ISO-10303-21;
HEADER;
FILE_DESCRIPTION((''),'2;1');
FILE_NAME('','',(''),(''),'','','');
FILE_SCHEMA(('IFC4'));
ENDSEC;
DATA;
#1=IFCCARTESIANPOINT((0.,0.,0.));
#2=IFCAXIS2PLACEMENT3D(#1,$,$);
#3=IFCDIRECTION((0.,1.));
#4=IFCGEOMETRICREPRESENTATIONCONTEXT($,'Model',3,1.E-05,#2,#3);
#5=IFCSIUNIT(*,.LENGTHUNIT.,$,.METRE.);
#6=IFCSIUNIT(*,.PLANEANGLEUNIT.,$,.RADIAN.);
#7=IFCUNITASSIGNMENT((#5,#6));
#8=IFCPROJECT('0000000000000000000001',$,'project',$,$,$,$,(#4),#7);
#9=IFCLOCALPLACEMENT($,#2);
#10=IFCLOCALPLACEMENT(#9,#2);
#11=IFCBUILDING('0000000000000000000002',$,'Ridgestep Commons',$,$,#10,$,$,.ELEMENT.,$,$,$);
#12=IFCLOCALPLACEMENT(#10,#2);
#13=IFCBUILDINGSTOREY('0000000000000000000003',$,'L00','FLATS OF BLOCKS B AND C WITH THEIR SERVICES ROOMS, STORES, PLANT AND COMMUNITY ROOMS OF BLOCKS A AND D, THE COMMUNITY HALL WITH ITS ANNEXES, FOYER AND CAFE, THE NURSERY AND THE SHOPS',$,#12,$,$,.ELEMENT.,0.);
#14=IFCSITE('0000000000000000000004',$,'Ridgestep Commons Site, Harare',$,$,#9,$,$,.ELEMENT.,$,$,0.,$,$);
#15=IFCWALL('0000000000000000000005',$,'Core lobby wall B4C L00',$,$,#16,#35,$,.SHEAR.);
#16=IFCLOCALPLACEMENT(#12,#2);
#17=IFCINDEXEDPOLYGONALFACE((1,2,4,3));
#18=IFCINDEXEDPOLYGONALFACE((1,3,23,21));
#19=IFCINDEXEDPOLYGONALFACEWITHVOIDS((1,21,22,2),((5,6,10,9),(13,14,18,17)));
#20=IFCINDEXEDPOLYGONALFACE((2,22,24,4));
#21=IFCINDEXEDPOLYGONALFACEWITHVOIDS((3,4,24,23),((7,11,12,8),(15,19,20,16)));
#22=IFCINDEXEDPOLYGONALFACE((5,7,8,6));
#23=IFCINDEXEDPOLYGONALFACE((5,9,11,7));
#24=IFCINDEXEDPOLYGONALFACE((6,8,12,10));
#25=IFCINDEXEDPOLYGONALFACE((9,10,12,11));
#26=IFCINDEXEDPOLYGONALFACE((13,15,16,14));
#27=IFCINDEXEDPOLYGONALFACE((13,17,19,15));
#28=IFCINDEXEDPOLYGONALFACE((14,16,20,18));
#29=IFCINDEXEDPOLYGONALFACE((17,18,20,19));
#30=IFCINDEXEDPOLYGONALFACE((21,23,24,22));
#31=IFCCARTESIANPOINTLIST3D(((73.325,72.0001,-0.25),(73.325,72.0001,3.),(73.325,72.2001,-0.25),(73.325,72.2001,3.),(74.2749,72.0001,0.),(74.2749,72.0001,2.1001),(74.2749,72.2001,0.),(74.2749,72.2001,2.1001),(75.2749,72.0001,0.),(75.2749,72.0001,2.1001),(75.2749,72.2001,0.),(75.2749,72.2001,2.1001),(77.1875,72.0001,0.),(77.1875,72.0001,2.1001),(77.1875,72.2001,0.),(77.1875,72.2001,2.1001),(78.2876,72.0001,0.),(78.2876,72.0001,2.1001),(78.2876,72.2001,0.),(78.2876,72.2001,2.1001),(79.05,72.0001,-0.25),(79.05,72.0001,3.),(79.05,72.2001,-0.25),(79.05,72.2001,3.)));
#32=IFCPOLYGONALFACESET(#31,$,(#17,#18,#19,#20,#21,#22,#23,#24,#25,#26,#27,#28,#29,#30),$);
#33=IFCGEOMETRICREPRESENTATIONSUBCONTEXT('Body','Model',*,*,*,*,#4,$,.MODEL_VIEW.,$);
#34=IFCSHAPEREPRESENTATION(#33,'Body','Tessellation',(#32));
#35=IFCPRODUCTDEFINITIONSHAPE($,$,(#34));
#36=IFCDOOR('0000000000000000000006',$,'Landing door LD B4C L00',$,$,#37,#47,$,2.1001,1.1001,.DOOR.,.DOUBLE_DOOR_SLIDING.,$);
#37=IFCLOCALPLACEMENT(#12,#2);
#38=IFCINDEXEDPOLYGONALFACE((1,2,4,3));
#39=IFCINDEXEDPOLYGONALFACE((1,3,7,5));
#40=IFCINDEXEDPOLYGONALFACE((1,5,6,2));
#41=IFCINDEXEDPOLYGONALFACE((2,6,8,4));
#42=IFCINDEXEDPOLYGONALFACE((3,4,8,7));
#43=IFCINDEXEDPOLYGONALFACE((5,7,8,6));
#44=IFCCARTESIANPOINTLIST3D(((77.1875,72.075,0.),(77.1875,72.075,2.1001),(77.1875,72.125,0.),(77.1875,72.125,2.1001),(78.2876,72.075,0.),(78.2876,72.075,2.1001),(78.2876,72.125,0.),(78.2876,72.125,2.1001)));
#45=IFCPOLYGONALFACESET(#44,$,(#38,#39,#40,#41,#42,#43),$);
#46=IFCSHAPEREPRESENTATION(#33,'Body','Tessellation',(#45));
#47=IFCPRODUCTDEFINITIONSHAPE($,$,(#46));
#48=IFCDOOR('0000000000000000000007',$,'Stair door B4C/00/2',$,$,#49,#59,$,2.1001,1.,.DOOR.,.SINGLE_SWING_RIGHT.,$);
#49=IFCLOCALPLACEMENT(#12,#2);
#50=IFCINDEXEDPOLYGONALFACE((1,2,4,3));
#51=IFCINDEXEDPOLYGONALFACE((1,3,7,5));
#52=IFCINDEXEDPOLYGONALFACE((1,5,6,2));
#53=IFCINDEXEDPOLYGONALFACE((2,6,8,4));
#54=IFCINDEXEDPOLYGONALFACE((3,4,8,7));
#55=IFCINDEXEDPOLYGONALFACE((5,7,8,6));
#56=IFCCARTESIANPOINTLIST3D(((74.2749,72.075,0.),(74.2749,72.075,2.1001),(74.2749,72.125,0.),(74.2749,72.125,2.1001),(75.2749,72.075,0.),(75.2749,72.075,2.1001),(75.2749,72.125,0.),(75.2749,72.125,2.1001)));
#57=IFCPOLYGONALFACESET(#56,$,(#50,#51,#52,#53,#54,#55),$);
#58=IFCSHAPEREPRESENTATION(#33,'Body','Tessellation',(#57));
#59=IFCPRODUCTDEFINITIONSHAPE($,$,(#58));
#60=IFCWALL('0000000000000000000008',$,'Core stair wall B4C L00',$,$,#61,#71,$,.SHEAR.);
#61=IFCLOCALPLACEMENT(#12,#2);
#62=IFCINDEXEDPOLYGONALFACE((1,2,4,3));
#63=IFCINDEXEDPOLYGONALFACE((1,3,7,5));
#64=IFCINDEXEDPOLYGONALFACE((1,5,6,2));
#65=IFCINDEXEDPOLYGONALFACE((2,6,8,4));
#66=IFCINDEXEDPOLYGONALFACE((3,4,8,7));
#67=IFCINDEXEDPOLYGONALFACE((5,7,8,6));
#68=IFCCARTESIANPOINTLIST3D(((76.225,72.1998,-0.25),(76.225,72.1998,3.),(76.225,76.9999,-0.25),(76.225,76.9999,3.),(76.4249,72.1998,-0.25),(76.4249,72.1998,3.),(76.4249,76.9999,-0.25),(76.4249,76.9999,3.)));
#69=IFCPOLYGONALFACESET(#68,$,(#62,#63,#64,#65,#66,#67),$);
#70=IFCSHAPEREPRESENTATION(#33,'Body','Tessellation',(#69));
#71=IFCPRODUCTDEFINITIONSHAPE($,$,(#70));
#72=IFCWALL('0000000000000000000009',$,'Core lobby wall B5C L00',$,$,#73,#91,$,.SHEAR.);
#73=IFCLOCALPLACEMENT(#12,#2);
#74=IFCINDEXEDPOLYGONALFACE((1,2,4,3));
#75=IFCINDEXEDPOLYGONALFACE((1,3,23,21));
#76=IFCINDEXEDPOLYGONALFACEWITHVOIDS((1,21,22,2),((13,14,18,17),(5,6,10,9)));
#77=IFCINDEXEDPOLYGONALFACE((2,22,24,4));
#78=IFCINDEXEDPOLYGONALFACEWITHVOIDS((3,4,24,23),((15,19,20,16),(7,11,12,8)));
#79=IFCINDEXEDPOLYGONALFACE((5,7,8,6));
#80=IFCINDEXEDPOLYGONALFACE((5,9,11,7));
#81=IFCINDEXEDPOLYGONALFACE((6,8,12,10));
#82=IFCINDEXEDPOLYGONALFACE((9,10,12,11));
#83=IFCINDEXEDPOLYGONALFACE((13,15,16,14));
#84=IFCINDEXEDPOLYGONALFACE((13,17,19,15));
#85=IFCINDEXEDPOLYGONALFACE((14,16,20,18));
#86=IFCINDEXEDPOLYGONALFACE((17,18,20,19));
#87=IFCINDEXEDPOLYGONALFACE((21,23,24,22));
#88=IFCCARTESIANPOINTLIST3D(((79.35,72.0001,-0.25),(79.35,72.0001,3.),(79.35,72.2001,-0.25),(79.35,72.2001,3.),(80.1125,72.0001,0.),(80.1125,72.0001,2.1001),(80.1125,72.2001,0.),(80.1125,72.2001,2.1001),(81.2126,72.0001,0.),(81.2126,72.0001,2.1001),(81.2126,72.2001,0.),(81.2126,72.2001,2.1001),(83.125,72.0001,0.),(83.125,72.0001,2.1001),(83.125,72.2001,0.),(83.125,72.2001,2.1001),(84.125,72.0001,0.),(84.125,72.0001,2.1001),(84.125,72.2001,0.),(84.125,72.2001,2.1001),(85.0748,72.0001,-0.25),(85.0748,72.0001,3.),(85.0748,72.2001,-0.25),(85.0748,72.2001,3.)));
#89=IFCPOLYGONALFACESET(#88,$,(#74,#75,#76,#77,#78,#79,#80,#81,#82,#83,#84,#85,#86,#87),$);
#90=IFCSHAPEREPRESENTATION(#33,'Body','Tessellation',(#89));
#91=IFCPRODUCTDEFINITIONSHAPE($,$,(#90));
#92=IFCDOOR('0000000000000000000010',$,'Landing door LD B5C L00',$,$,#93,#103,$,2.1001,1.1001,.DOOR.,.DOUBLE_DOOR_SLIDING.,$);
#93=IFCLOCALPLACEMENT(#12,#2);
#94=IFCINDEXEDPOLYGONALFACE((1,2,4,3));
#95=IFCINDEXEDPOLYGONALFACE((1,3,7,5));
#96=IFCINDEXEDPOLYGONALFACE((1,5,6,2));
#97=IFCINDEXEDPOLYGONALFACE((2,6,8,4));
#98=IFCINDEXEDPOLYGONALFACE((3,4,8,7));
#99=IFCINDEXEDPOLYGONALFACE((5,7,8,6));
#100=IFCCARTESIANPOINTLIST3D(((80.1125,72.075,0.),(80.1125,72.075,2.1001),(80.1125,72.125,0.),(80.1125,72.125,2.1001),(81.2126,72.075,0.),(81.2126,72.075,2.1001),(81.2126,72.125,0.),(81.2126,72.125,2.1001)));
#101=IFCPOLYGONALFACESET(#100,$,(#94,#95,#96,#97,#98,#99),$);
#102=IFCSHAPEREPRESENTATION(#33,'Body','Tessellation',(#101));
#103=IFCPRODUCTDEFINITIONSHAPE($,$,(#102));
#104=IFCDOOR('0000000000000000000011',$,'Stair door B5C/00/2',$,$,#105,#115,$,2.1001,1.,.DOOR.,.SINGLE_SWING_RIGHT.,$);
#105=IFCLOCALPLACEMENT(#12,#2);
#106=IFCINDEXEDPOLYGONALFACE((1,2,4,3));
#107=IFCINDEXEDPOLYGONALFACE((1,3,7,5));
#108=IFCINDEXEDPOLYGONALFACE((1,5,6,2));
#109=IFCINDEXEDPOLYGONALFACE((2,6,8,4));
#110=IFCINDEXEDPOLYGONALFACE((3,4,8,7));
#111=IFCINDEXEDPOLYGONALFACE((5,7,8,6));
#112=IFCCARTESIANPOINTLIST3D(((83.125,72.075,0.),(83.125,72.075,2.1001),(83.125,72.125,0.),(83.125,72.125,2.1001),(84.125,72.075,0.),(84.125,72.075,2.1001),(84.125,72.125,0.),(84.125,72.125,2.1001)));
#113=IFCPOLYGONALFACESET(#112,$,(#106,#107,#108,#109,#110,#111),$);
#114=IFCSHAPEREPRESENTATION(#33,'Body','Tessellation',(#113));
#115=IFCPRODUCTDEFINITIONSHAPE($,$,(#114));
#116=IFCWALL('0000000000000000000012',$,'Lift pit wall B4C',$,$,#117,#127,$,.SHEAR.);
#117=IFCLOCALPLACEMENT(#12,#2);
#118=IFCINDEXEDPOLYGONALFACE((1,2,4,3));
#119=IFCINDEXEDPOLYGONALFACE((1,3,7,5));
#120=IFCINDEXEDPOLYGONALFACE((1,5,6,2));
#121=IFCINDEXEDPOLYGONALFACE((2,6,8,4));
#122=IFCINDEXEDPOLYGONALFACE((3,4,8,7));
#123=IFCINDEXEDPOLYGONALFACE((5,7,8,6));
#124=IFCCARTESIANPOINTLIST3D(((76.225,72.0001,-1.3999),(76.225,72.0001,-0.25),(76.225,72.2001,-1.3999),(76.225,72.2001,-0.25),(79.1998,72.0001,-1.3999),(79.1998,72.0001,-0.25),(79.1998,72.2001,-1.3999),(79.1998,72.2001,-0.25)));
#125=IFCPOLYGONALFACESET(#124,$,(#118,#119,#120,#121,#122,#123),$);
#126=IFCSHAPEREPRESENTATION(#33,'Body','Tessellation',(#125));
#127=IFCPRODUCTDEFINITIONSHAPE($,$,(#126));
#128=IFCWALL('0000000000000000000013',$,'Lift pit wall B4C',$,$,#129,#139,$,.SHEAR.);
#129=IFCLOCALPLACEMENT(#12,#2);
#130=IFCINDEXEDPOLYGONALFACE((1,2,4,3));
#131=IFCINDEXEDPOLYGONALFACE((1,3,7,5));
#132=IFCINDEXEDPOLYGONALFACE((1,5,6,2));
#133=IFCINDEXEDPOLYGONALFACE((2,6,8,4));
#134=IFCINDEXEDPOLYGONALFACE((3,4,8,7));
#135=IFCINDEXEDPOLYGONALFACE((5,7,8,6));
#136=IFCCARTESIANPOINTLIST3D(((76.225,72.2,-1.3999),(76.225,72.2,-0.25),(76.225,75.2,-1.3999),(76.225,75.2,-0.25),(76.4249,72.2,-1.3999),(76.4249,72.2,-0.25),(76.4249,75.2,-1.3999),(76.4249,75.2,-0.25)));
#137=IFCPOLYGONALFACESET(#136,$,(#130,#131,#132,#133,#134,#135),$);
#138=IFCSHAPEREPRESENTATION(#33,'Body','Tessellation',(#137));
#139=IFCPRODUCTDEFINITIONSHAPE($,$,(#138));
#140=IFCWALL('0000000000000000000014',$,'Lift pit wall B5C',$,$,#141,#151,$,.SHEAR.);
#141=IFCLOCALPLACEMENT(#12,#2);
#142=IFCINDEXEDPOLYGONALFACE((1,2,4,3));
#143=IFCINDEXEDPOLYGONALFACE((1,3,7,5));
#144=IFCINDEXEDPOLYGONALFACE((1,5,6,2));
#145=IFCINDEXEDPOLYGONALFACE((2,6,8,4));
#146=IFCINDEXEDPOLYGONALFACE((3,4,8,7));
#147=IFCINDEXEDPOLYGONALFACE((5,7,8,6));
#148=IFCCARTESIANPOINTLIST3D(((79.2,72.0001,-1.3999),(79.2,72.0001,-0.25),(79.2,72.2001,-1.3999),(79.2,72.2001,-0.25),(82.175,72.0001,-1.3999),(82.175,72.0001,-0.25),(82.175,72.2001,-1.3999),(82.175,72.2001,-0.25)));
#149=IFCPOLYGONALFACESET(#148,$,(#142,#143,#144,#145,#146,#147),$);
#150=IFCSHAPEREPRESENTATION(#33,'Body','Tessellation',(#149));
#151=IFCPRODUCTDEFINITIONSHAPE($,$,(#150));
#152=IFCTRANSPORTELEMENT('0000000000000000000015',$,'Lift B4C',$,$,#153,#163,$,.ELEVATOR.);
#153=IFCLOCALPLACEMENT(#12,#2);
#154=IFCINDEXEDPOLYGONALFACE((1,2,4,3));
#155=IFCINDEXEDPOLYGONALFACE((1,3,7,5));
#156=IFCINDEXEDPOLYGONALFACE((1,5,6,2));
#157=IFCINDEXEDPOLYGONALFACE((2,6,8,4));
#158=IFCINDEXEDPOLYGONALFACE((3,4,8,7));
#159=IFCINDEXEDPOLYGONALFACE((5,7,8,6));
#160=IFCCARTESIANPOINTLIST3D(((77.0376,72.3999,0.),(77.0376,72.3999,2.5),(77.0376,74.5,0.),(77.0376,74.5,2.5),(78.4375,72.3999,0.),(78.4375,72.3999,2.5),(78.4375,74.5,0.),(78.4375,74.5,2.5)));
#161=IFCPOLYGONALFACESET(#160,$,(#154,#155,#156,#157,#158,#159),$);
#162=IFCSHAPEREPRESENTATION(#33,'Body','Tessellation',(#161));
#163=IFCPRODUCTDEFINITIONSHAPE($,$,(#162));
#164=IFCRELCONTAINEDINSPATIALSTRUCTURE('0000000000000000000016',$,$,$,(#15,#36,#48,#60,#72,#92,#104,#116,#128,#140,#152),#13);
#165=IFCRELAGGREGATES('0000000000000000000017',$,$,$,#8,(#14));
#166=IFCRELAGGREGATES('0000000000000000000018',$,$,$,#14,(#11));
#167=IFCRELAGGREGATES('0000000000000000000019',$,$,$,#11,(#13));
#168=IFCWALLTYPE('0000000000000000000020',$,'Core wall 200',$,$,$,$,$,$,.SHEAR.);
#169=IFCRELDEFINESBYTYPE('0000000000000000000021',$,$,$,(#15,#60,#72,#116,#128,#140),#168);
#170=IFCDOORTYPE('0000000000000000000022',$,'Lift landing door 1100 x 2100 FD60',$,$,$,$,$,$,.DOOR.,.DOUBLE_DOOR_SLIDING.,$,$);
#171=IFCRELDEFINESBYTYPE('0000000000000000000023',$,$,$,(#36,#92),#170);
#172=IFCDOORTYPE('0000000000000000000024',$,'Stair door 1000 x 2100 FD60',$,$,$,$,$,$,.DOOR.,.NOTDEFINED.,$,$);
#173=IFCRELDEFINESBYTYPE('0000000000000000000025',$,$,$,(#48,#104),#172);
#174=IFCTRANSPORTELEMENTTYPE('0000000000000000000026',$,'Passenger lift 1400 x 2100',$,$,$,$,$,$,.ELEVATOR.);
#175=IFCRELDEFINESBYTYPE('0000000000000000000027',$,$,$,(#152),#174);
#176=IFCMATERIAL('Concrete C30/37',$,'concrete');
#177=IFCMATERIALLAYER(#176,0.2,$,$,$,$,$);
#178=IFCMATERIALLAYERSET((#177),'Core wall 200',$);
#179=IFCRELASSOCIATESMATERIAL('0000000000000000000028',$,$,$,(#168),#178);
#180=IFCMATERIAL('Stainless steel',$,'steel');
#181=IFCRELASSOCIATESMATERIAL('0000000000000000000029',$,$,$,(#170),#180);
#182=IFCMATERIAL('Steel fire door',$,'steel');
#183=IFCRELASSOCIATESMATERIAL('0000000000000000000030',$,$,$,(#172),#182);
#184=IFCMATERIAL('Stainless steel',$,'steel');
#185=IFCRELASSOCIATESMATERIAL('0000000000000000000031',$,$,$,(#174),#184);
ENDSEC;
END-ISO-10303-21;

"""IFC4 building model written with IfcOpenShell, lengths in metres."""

from ifc_helpers import new_model, si_unit, direction, frame, frame_2d, origin, origin_2d, place, context, subcontext, project, spatial, rectangle, extrude, material, layer, layer_set, type_object, element, fill, save


model = new_model("IFC4")

# Units and contexts
model_context = context("Model", 3, precision=1e-05, world=origin(), true_north=direction((0.0, 1.0)))
body_context = subcontext(model_context, "Body", "Model", "MODEL_VIEW")
ifc_project = project(units=[si_unit("LENGTHUNIT", "METRE"), si_unit("PLANEANGLEUNIT", "RADIAN")], contexts=[model_context])

# Site, building, storey
site_placement = place(None, origin())
site = spatial("IfcSite", under=ifc_project, at=site_placement, Name="Ridgestep Commons Site, Harare", CompositionType="ELEMENT", RefElevation=0.0)
building_placement = place(site_placement, origin())
building = spatial("IfcBuilding", under=site, at=building_placement, Name="Ridgestep Commons", CompositionType="ELEMENT")
storey_placement = place(building_placement, origin())
storey = spatial("IfcBuildingStorey", under=building, at=storey_placement, Name="L00", Description="FLATS OF BLOCKS B AND C WITH THEIR SERVICES ROOMS, STORES, PLANT AND COMMUNITY ROOMS OF BLOCKS A AND D, THE COMMUNITY HALL WITH ITS ANNEXES, FOYER AND CAFE, THE NURSERY AND THE SHOPS", CompositionType="ELEMENT", Elevation=0.0)

# Wall, openings, doors
ifc_material_1 = material(Name="Concrete C30/37", Category="concrete")
ifc_layer_1 = layer(ifc_material_1, 0.2)
ifc_layer_set_1 = layer_set([ifc_layer_1], Name="Core wall 200")
wall_type_1 = type_object("IfcWallType", Name="Core wall 200", PredefinedType="SHEAR", material=ifc_layer_set_1)
wall_1_placement = place(storey_placement, frame((73.325, 72.1001, -0.25), z_axis=(0.0, 0.0, 1.0), x_axis=(1.0, 0.0, 0.0)))
wall_1 = element("IfcWall", 1, at=wall_1_placement, inside=storey, type_object=wall_type_1, Name="Core lobby wall B4C L00", PredefinedType="SHEAR", context=body_context, shape_type="SweptSolid", body=[
    extrude(rectangle(XDim=5.7251, YDim=0.2, at=frame_2d((2.8625, 0.0))), origin(), (0.0, 0.0, 1.0), 3.25),
])
opening_1_placement = place(wall_1_placement, frame((0.95, 0.0, 0.25)))
opening_1 = element("IfcOpeningElement", 2, at=opening_1_placement, cuts=wall_1, PredefinedType="OPENING", context=body_context, shape_type="SweptSolid", body=[
    extrude(rectangle(XDim=1.0, YDim=2.1001, at=frame_2d((0.5, 1.05))), frame((0.0, 0.1099, 0.0), z_axis=(0.0, -1.0, 0.0), x_axis=(1.0, 0.0, 0.0)), (0.0, 0.0, 1.0), 0.22),
])
opening_2_placement = place(wall_1_placement, frame((3.8625, 0.0, 0.25)))
opening_2 = element("IfcOpeningElement", 3, at=opening_2_placement, cuts=wall_1, PredefinedType="OPENING", context=body_context, shape_type="SweptSolid", body=[
    extrude(rectangle(XDim=1.1001, YDim=2.1001, at=frame_2d((0.55, 1.05))), frame((0.0, 0.1099, 0.0), z_axis=(0.0, -1.0, 0.0), x_axis=(1.0, 0.0, 0.0)), (0.0, 0.0, 1.0), 0.22),
])
ifc_material_2 = material(Name="Stainless steel", Category="steel")
door_type_1 = type_object("IfcDoorType", Name="Lift landing door 1100 x 2100 FD60", OperationType="DOUBLE_DOOR_SLIDING", PredefinedType="DOOR", material=ifc_material_2)
door_1_placement = place(opening_2_placement, origin())
door_1 = element("IfcDoor", 4, at=door_1_placement, inside=storey, type_object=door_type_1, Name="Landing door LD B4C L00", OperationType="DOUBLE_DOOR_SLIDING", OverallHeight=2.1001, OverallWidth=1.1001, PredefinedType="DOOR", context=body_context, shape_type="SweptSolid", body=[
    extrude(rectangle(XDim=1.1001, YDim=2.1001, at=frame_2d((0.55, 1.05))), frame((0.0, 0.0249, 0.0), z_axis=(0.0, -1.0, 0.0), x_axis=(1.0, 0.0, 0.0)), (0.0, 0.0, 1.0), 0.05),
])
fill(opening_2, door_1)
ifc_material_3 = material(Name="Steel fire door", Category="steel")
door_type_2 = type_object("IfcDoorType", Name="Stair door 1000 x 2100 FD60", OperationType="NOTDEFINED", PredefinedType="DOOR", material=ifc_material_3)
door_2_placement = place(opening_1_placement, origin())
door_2 = element("IfcDoor", 5, at=door_2_placement, inside=storey, type_object=door_type_2, Name="Stair door B4C/00/2", OperationType="SINGLE_SWING_RIGHT", OverallHeight=2.1001, OverallWidth=1.0, PredefinedType="DOOR", context=body_context, shape_type="SweptSolid", body=[
    extrude(rectangle(XDim=1.0, YDim=2.1001, at=frame_2d((0.5, 1.05))), frame((0.0, 0.0249, 0.0), z_axis=(0.0, -1.0, 0.0), x_axis=(1.0, 0.0, 0.0)), (0.0, 0.0, 1.0), 0.05),
])
fill(opening_1, door_2)

# Wall
wall_2_placement = place(storey_placement, frame((76.325, 72.2, -0.25), z_axis=(0.0, 0.0, 1.0), x_axis=(0.0, 1.0, 0.0)))
element("IfcWall", 6, at=wall_2_placement, inside=storey, type_object=wall_type_1, Name="Core stair wall B4C L00", PredefinedType="SHEAR", context=body_context, shape_type="SweptSolid", body=[
    extrude(rectangle(XDim=4.8, YDim=0.2, at=frame_2d((2.3999, 0.0))), origin(), (0.0, 0.0, 1.0), 3.25),
])

# Wall, openings, doors
wall_3_placement = place(storey_placement, frame((79.3501, 72.1001, -0.25), z_axis=(0.0, 0.0, 1.0), x_axis=(1.0, 0.0, 0.0)))
wall_3 = element("IfcWall", 7, at=wall_3_placement, inside=storey, type_object=wall_type_1, Name="Core lobby wall B5C L00", PredefinedType="SHEAR", context=body_context, shape_type="SweptSolid", body=[
    extrude(rectangle(XDim=5.7249, YDim=0.2, at=frame_2d((2.8623, 0.0))), origin(), (0.0, 0.0, 1.0), 3.25),
])
opening_3_placement = place(wall_3_placement, frame((3.7749, 0.0, 0.25)))
opening_3 = element("IfcOpeningElement", 8, at=opening_3_placement, cuts=wall_3, PredefinedType="OPENING", context=body_context, shape_type="SweptSolid", body=[
    extrude(rectangle(XDim=1.0, YDim=2.1001, at=frame_2d((0.5, 1.05))), frame((0.0, 0.1099, 0.0), z_axis=(0.0, -1.0, 0.0), x_axis=(1.0, 0.0, 0.0)), (0.0, 0.0, 1.0), 0.22),
])
opening_4_placement = place(wall_3_placement, frame((0.7625, 0.0, 0.25)))
opening_4 = element("IfcOpeningElement", 9, at=opening_4_placement, cuts=wall_3, PredefinedType="OPENING", context=body_context, shape_type="SweptSolid", body=[
    extrude(rectangle(XDim=1.1001, YDim=2.1001, at=frame_2d((0.55, 1.05))), frame((0.0, 0.1099, 0.0), z_axis=(0.0, -1.0, 0.0), x_axis=(1.0, 0.0, 0.0)), (0.0, 0.0, 1.0), 0.22),
])
door_3_placement = place(opening_4_placement, origin())
door_3 = element("IfcDoor", 10, at=door_3_placement, inside=storey, type_object=door_type_1, Name="Landing door LD B5C L00", OperationType="DOUBLE_DOOR_SLIDING", OverallHeight=2.1001, OverallWidth=1.1001, PredefinedType="DOOR", context=body_context, shape_type="SweptSolid", body=[
    extrude(rectangle(XDim=1.1001, YDim=2.1001, at=frame_2d((0.55, 1.05))), frame((0.0, 0.0249, 0.0), z_axis=(0.0, -1.0, 0.0), x_axis=(1.0, 0.0, 0.0)), (0.0, 0.0, 1.0), 0.05),
])
fill(opening_4, door_3)
door_4_placement = place(opening_3_placement, origin())
door_4 = element("IfcDoor", 11, at=door_4_placement, inside=storey, type_object=door_type_2, Name="Stair door B5C/00/2", OperationType="SINGLE_SWING_RIGHT", OverallHeight=2.1001, OverallWidth=1.0, PredefinedType="DOOR", context=body_context, shape_type="SweptSolid", body=[
    extrude(rectangle(XDim=1.0, YDim=2.1001, at=frame_2d((0.5, 1.05))), frame((0.0, 0.0249, 0.0), z_axis=(0.0, -1.0, 0.0), x_axis=(1.0, 0.0, 0.0)), (0.0, 0.0, 1.0), 0.05),
])
fill(opening_3, door_4)

# Walls
wall_4_placement = place(storey_placement, frame((76.2251, 72.1001, -1.3999), z_axis=(0.0, 0.0, 1.0), x_axis=(1.0, 0.0, 0.0)))
element("IfcWall", 12, at=wall_4_placement, inside=storey, type_object=wall_type_1, Name="Lift pit wall B4C", PredefinedType="SHEAR", context=body_context, shape_type="SweptSolid", body=[
    extrude(rectangle(XDim=2.9749, YDim=0.2, at=frame_2d((1.4873, 0.0))), origin(), (0.0, 0.0, 1.0), 1.1499),
])
wall_5_placement = place(storey_placement, frame((76.325, 72.2, -1.3999), z_axis=(0.0, 0.0, 1.0), x_axis=(0.0, 1.0, 0.0)))
element("IfcWall", 13, at=wall_5_placement, inside=storey, type_object=wall_type_1, Name="Lift pit wall B4C", PredefinedType="SHEAR", context=body_context, shape_type="SweptSolid", body=[
    extrude(rectangle(XDim=3.0, YDim=0.2, at=frame_2d((1.5, 0.0))), origin(), (0.0, 0.0, 1.0), 1.1499),
])
wall_6_placement = place(storey_placement, frame((79.2, 72.1001, -1.3999), z_axis=(0.0, 0.0, 1.0), x_axis=(1.0, 0.0, 0.0)))
element("IfcWall", 14, at=wall_6_placement, inside=storey, type_object=wall_type_1, Name="Lift pit wall B5C", PredefinedType="SHEAR", context=body_context, shape_type="SweptSolid", body=[
    extrude(rectangle(XDim=2.9751, YDim=0.2, at=frame_2d((1.4875, 0.0))), origin(), (0.0, 0.0, 1.0), 1.1499),
])

# Transport element
ifc_material_4 = material(Name="Stainless steel", Category="steel")
transport_element_type = type_object("IfcTransportElementType", Name="Passenger lift 1400 x 2100", PredefinedType="ELEVATOR", material=ifc_material_4)
transport_element_placement = place(storey_placement, frame((77.7375, 73.45, 0.0), z_axis=(0.0, 0.0, 1.0), x_axis=(1.0, 0.0, 0.0)))
element("IfcTransportElement", 15, at=transport_element_placement, inside=storey, type_object=transport_element_type, Name="Lift B4C", PredefinedType="ELEVATOR", context=body_context, shape_type="SweptSolid", body=[
    extrude(rectangle(XDim=1.3999, YDim=2.1001, at=origin_2d()), origin(), (0.0, 0.0, 1.0), 2.5),
])

save(model, "model.ifc")
